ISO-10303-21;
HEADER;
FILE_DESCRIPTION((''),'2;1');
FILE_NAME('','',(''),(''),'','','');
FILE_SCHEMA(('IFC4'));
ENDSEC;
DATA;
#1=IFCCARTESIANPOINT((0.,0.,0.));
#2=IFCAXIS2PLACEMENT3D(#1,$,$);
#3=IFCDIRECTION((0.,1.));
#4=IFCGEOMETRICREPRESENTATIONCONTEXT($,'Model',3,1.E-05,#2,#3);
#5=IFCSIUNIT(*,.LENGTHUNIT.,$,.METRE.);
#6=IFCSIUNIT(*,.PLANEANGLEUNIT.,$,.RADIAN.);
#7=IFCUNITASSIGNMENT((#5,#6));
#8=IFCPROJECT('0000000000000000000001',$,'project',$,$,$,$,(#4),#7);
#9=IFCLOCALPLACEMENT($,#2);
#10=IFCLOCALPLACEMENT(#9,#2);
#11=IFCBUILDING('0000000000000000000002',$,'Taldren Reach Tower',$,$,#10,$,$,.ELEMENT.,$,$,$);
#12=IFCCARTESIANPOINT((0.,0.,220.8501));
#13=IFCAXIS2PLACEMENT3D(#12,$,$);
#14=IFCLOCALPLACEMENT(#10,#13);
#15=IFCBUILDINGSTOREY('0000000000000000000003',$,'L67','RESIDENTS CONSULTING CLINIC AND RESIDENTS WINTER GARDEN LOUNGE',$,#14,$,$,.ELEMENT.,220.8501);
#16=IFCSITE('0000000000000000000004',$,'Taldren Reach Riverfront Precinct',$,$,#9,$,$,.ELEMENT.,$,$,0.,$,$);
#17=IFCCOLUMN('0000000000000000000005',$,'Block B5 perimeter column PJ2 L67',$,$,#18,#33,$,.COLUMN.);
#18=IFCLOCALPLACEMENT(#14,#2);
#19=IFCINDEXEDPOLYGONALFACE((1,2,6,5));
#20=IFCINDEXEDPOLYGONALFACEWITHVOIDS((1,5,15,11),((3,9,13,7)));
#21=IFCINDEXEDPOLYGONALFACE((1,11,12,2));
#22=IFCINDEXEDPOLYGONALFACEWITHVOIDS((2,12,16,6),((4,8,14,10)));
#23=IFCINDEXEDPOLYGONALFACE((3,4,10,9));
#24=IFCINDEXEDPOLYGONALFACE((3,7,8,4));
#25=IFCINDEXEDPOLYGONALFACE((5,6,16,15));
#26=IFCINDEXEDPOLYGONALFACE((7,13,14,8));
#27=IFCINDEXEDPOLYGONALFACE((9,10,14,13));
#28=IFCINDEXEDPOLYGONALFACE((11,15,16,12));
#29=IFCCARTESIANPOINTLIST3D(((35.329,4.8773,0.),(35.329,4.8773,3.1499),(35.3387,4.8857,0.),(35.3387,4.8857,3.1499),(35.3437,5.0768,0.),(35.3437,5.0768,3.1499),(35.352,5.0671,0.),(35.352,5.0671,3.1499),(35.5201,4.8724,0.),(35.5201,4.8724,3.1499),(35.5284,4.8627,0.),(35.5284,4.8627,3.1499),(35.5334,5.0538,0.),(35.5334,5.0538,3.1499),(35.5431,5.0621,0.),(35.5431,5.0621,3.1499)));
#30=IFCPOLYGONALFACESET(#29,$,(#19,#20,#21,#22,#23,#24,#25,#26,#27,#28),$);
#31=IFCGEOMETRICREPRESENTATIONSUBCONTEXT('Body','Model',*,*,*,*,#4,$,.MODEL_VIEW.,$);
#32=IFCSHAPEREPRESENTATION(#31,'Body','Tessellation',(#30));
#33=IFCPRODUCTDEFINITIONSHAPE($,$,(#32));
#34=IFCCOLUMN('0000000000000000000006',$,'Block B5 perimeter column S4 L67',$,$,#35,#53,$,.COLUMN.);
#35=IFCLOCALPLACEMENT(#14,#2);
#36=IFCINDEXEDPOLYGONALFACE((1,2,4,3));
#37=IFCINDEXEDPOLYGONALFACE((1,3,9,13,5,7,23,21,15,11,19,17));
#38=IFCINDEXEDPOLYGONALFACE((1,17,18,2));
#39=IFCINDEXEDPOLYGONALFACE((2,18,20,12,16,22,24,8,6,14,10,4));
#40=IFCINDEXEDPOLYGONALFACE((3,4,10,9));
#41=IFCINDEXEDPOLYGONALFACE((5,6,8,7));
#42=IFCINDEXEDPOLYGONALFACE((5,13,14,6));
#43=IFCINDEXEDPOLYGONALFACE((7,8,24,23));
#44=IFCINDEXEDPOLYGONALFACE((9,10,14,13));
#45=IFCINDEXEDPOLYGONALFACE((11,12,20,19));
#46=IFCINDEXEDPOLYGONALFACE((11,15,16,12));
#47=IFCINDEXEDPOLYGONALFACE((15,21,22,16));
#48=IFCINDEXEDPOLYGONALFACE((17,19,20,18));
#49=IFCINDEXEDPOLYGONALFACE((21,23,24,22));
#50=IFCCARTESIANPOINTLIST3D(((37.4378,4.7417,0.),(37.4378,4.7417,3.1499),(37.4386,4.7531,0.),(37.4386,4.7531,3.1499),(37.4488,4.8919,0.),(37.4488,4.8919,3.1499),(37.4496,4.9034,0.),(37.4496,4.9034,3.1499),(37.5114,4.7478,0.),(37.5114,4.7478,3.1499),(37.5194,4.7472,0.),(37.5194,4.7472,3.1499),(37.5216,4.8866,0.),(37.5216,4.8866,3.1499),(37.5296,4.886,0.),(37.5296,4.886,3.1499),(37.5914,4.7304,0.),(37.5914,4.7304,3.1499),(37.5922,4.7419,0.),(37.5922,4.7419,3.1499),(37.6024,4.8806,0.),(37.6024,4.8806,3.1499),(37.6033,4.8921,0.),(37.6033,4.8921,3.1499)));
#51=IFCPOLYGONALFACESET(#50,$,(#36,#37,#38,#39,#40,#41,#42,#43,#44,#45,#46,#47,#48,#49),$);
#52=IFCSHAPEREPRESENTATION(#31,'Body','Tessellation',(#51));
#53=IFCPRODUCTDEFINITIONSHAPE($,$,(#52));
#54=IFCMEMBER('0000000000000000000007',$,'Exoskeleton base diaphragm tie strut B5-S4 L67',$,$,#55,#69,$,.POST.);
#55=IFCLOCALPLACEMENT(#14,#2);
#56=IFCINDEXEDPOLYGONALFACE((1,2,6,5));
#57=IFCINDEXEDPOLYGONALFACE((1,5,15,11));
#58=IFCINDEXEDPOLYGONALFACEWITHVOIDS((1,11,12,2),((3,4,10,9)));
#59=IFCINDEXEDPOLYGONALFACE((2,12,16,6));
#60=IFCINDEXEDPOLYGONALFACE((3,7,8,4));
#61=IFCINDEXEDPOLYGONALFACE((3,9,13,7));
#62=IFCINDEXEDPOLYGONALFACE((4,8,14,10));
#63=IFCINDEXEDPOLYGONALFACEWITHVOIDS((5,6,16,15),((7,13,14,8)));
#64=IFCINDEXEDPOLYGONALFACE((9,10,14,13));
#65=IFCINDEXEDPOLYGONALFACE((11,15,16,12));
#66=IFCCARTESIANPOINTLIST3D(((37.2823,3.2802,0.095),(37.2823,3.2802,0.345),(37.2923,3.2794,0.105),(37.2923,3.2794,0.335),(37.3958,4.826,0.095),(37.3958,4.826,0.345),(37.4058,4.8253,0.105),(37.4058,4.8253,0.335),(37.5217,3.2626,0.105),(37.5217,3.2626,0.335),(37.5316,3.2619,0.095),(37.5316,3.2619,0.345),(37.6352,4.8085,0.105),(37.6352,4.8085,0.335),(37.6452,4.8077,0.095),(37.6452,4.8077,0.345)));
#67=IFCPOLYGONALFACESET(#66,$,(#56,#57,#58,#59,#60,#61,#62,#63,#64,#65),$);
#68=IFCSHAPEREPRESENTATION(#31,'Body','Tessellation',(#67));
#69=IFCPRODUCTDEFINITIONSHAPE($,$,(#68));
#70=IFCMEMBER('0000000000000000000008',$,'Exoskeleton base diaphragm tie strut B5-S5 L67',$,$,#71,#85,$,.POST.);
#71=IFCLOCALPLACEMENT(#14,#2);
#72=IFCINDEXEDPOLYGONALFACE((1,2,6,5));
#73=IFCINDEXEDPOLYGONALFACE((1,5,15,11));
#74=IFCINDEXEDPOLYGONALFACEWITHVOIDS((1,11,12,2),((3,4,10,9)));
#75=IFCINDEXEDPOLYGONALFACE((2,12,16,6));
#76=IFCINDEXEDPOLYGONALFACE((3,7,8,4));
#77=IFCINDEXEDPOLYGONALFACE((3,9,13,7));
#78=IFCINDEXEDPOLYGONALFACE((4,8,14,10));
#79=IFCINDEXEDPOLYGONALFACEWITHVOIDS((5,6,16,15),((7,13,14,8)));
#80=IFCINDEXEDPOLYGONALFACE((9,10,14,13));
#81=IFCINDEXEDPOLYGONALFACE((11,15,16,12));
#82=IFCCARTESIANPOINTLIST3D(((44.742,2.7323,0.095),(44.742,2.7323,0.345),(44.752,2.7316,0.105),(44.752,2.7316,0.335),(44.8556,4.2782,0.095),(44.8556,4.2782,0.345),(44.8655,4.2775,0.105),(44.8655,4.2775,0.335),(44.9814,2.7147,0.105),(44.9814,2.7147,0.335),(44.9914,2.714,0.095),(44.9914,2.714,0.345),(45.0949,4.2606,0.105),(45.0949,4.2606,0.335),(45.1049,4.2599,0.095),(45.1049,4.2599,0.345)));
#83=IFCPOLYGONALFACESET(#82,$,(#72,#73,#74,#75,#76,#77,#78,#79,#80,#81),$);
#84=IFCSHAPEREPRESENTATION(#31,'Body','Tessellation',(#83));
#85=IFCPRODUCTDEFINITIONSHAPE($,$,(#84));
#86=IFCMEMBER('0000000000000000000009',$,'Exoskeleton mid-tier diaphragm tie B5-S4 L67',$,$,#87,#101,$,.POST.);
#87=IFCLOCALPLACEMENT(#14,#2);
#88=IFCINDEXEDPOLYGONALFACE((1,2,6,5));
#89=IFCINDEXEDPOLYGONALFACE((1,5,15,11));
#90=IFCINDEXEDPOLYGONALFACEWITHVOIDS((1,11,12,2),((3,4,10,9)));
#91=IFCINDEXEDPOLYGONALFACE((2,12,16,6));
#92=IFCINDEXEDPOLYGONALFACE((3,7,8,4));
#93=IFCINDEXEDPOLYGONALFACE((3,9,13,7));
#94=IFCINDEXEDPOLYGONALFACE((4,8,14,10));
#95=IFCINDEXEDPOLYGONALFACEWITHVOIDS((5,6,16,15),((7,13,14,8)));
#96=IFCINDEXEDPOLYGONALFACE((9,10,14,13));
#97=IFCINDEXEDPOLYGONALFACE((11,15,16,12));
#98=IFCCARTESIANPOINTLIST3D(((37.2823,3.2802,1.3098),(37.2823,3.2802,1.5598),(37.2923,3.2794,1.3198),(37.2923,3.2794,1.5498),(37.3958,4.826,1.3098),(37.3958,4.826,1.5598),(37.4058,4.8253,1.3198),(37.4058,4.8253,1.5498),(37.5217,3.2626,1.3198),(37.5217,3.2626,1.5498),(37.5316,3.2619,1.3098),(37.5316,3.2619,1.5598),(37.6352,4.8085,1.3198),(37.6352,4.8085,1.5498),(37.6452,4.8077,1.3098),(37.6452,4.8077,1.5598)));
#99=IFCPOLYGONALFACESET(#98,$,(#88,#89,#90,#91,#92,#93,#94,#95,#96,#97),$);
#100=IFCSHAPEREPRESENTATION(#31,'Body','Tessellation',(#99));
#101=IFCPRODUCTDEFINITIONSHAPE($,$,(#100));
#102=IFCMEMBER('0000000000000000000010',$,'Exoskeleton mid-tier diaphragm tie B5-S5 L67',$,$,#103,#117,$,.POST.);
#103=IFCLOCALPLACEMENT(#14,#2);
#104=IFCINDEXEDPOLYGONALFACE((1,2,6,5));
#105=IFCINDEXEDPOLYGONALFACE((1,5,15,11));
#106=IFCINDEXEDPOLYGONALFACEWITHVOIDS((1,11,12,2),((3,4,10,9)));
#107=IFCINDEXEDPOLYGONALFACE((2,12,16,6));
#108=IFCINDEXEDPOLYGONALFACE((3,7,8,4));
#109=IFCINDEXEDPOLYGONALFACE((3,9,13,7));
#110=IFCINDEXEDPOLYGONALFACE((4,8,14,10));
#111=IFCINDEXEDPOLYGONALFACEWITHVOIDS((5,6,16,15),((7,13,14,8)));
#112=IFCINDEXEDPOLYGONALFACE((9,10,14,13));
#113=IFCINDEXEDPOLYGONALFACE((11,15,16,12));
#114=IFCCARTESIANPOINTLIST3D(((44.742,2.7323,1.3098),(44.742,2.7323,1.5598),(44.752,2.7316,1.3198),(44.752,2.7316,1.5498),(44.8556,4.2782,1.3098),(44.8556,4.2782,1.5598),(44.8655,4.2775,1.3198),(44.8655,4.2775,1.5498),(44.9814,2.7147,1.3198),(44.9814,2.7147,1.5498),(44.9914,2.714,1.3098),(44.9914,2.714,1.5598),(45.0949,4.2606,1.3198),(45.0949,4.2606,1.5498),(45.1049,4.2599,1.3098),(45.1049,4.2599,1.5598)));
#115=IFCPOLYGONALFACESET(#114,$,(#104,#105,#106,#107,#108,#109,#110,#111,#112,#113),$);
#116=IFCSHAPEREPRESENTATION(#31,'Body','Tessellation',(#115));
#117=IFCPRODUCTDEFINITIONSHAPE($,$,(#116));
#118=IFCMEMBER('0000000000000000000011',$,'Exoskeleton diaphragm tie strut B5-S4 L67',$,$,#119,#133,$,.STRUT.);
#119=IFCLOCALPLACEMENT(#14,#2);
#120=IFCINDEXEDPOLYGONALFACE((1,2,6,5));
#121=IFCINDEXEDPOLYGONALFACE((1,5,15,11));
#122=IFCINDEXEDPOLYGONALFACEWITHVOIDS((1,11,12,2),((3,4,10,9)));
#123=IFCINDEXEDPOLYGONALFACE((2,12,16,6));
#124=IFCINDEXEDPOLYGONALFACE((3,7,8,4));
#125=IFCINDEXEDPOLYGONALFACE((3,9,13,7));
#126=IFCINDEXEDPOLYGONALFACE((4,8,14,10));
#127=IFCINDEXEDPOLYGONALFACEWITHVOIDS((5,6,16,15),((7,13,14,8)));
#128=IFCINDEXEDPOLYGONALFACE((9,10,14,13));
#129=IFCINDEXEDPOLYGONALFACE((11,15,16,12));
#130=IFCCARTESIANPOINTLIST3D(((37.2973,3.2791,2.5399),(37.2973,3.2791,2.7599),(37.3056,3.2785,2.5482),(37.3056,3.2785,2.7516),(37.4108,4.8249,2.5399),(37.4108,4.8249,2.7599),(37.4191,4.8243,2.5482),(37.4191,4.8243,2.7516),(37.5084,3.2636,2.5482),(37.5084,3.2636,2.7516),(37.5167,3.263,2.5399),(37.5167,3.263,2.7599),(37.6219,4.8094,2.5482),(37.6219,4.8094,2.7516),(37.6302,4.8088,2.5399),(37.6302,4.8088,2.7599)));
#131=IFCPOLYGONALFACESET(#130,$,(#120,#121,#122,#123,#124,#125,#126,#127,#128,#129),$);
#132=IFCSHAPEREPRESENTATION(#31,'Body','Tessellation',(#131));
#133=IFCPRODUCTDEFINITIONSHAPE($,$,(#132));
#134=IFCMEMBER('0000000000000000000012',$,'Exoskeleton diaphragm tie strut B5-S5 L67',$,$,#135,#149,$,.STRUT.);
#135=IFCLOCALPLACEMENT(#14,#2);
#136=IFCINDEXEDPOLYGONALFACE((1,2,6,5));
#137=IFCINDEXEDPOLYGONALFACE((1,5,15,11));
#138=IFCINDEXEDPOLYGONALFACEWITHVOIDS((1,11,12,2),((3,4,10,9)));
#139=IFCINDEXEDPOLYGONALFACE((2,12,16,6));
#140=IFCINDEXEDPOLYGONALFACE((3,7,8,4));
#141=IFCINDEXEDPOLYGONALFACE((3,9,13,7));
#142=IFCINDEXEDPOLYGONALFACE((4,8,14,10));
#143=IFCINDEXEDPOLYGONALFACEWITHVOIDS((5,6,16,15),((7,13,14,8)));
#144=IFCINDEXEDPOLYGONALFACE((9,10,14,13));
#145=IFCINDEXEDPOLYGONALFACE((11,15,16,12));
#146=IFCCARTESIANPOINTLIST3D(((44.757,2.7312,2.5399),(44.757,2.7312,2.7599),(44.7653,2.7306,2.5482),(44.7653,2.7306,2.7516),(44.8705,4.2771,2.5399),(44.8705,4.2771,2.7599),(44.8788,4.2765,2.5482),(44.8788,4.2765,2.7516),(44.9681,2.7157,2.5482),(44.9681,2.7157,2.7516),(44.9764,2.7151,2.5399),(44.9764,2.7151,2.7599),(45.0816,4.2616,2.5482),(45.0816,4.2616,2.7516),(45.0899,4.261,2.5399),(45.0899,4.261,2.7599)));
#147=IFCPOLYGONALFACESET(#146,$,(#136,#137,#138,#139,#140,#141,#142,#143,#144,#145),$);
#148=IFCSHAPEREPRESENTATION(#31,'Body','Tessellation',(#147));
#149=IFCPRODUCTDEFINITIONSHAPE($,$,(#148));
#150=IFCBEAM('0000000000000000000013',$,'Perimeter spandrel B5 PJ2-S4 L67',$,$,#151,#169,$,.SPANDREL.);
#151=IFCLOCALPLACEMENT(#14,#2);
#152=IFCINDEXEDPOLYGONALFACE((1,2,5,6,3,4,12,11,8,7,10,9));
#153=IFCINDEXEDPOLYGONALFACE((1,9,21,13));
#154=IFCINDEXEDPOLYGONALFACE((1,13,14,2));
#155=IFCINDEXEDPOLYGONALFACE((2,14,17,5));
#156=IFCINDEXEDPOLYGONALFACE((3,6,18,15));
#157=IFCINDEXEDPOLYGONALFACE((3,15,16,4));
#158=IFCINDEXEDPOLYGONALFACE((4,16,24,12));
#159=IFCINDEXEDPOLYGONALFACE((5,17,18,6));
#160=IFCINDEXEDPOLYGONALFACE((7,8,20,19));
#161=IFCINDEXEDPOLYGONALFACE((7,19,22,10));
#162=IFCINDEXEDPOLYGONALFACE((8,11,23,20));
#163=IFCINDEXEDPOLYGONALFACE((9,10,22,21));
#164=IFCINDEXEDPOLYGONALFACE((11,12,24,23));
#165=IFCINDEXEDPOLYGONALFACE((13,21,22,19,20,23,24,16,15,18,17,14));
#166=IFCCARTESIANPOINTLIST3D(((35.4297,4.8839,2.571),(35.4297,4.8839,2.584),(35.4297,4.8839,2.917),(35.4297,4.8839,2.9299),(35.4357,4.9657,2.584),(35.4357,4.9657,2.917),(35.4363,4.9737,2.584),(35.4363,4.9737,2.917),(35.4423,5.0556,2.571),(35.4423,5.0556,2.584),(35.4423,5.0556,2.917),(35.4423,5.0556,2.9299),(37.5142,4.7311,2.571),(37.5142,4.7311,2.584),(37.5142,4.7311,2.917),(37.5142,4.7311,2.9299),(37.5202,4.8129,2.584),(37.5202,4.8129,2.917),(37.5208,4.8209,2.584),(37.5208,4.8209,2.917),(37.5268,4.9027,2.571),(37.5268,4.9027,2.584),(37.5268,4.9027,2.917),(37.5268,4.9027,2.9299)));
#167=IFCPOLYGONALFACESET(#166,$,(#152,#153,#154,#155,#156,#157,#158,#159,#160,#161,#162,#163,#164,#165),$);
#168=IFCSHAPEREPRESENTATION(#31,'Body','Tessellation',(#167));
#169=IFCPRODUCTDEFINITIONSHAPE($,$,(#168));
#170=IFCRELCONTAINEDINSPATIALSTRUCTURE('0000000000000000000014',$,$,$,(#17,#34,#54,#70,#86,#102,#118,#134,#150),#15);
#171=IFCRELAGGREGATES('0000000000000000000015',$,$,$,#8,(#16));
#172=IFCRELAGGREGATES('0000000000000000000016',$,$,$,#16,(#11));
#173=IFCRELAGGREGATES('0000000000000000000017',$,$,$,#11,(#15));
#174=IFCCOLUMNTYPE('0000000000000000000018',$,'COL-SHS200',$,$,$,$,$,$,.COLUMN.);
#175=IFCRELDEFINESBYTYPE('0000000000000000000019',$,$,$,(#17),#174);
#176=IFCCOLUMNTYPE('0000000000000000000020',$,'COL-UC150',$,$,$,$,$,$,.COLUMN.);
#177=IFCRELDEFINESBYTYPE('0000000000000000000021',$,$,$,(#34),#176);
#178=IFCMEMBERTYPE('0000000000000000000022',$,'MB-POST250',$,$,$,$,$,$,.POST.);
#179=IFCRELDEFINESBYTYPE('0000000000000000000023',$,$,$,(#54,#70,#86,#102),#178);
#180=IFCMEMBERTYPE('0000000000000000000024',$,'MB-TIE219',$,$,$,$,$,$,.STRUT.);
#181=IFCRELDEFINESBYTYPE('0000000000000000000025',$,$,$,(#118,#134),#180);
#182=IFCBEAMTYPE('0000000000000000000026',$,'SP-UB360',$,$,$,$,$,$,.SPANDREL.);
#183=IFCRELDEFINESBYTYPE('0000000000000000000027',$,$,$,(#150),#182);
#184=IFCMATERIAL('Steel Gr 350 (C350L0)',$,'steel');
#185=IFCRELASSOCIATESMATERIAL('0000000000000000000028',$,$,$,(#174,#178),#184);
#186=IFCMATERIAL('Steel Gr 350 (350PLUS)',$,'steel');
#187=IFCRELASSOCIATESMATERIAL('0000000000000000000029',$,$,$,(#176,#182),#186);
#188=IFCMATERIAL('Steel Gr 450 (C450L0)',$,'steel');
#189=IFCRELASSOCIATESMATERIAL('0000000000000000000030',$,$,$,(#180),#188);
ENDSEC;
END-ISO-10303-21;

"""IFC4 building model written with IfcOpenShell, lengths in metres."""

from ifc_helpers import new_model, si_unit, direction, frame, origin, origin_2d, place, context, subcontext, project, spatial, hollow_rectangle, i_section, extrude, source, transform, mapped, material, material_profile, profile_set, type_object, element, save


model = new_model("IFC4")

# Units and contexts
model_context = context("Model", 3, precision=1e-05, world=origin(), true_north=direction((0.0, 1.0)))
body_context = subcontext(model_context, "Body", "Model", "MODEL_VIEW")
ifc_project = project(units=[si_unit("LENGTHUNIT", "METRE"), si_unit("PLANEANGLEUNIT", "RADIAN")], contexts=[model_context])

# Site, building, storey
site_placement = place(None, origin())
site = spatial("IfcSite", under=ifc_project, at=site_placement, Name="Taldren Reach Riverfront Precinct", CompositionType="ELEMENT", RefElevation=0.0)
building_placement = place(site_placement, origin())
building = spatial("IfcBuilding", under=site, at=building_placement, Name="Taldren Reach Tower", CompositionType="ELEMENT")
storey_placement = place(building_placement, frame((0.0, 0.0, 220.8501)))
storey = spatial("IfcBuildingStorey", under=building, at=storey_placement, Name="L67", Description="RESIDENTS CONSULTING CLINIC AND RESIDENTS WINTER GARDEN LOUNGE", CompositionType="ELEMENT", Elevation=220.8501)

# Columns
ifc_material_1 = material(Name="Steel Gr 350 (C350L0)", Category="steel")
ifc_material_profile_1 = material_profile(ifc_material_1, hollow_rectangle(XDim=0.2, YDim=0.2, WallThickness=0.009, at=origin_2d()), Name="200x200x9.0SHS")
ifc_profile_set_1 = profile_set([ifc_material_profile_1], Name="Steel Gr 350 (C350L0)")
column_type_1 = type_object("IfcColumnType", Name="COL-SHS200", PredefinedType="COLUMN", material=ifc_profile_set_1)
shared_shape_1 = source(origin(), body_context, "Body", "SweptSolid", [
    extrude(hollow_rectangle(XDim=0.2, YDim=0.2, WallThickness=0.009, at=origin_2d()), origin(), (0.0, 0.0, 1.0), 3.1499),
])
column_1_placement = place(storey_placement, frame((35.436, 4.9697, 0.0), z_axis=(0.0, 0.0, 1.0), x_axis=(0.997314, -0.073238, 0.0)))
element("IfcColumn", 1, at=column_1_placement, inside=storey, type_object=column_type_1, Name="Block B5 perimeter column PJ2 L67", PredefinedType="COLUMN", context=body_context, shape_type="MappedRepresentation", body=[
    mapped(shared_shape_1, transform((0.0, 0.0, 0.0), scale=1.0)),
])
ifc_material_2 = material(Name="Steel Gr 350 (350PLUS)", Category="steel")
ifc_material_profile_2 = material_profile(ifc_material_2, i_section(OverallWidth=0.1541, OverallDepth=0.1621, WebThickness=0.0081, FlangeThickness=0.0115, at=origin_2d()), Name="150UC37.2")
ifc_profile_set_2 = profile_set([ifc_material_profile_2], Name="Steel Gr 350 (350PLUS)")
column_type_2 = type_object("IfcColumnType", Name="COL-UC150", PredefinedType="COLUMN", material=ifc_profile_set_2)
shared_shape_2 = source(origin(), body_context, "Body", "SweptSolid", [
    extrude(i_section(OverallWidth=0.1541, OverallDepth=0.1621, WebThickness=0.0081, FlangeThickness=0.0115, at=origin_2d()), origin(), (0.0, 0.0, 1.0), 3.1499),
])
column_2_placement = place(storey_placement, frame((37.5205, 4.8169, 0.0), z_axis=(0.0, 0.0, 1.0), x_axis=(0.997314, -0.073238, 0.0)))
element("IfcColumn", 2, at=column_2_placement, inside=storey, type_object=column_type_2, Name="Block B5 perimeter column S4 L67", PredefinedType="COLUMN", context=body_context, shape_type="MappedRepresentation", body=[
    mapped(shared_shape_2, transform((0.0, 0.0, 0.0), scale=1.0)),
])

# Members
ifc_material_profile_3 = material_profile(ifc_material_1, hollow_rectangle(XDim=0.25, YDim=0.25, WallThickness=0.01, at=origin_2d()), Name="250x250x10.0SHS")
ifc_profile_set_3 = profile_set([ifc_material_profile_3], Name="Steel Gr 350 (C350L0)")
member_type_1 = type_object("IfcMemberType", Name="MB-POST250", PredefinedType="POST", material=ifc_profile_set_3)
shared_shape_3 = source(origin(), body_context, "Body", "SweptSolid", [
    extrude(hollow_rectangle(XDim=0.25, YDim=0.25, WallThickness=0.01, at=origin_2d()), origin(), (0.0, 0.0, 1.0), 1.55),
])
for number, where, z_axis, x_axis, name in (
    (3, (37.5205, 4.8169, 0.22), (-0.073239, -0.997314, 0.0), (0.997314, -0.073239, 0.0), "Exoskeleton base diaphragm tie strut B5-S4 L67"),
    (4, (44.9802, 4.269, 0.22), (-0.073239, -0.997314, 0.0), (0.997314, -0.073239, 0.0), "Exoskeleton base diaphragm tie strut B5-S5 L67"),
    (5, (37.5205, 4.8169, 1.4348), (-0.073239, -0.997314, 0.0), (0.997314, -0.073239, 0.0), "Exoskeleton mid-tier diaphragm tie B5-S4 L67"),
    (6, (44.9802, 4.269, 1.4348), (-0.073239, -0.997314, 0.0), (0.997314, -0.073239, 0.0), "Exoskeleton mid-tier diaphragm tie B5-S5 L67"),
):
    element("IfcMember", number, at=place(storey_placement, frame(where, z_axis=z_axis, x_axis=x_axis)), inside=storey, type_object=member_type_1, Name=name, PredefinedType="POST", context=body_context, shape_type="MappedRepresentation", body=[
        mapped(shared_shape_3, transform((0.0, 0.0, 0.0), scale=1.0)),
    ])
ifc_material_3 = material(Name="Steel Gr 450 (C450L0)", Category="steel")
ifc_material_profile_4 = material_profile(ifc_material_3, hollow_rectangle(XDim=0.22, YDim=0.22, WallThickness=0.0083, at=origin_2d()), Name="220x220x8.2SHS")
ifc_profile_set_4 = profile_set([ifc_material_profile_4], Name="Steel Gr 450 (C450L0)")
member_type_2 = type_object("IfcMemberType", Name="MB-TIE219", PredefinedType="STRUT", material=ifc_profile_set_4)
shared_shape_4 = source(origin(), body_context, "Body", "SweptSolid", [
    extrude(hollow_rectangle(XDim=0.22, YDim=0.22, WallThickness=0.0083, at=origin_2d()), origin(), (0.0, 0.0, 1.0), 1.55),
])
for number, where, z_axis, x_axis, name in (
    (7, (37.5205, 4.8169, 2.6499), (-0.073239, -0.997314, 0.0), (0.997314, -0.073239, 0.0), "Exoskeleton diaphragm tie strut B5-S4 L67"),
    (8, (44.9802, 4.269, 2.6499), (-0.073239, -0.997314, 0.0), (0.997314, -0.073239, 0.0), "Exoskeleton diaphragm tie strut B5-S5 L67"),
):
    element("IfcMember", number, at=place(storey_placement, frame(where, z_axis=z_axis, x_axis=x_axis)), inside=storey, type_object=member_type_2, Name=name, PredefinedType="STRUT", context=body_context, shape_type="MappedRepresentation", body=[
        mapped(shared_shape_4, transform((0.0, 0.0, 0.0), scale=1.0)),
    ])

# Beam
ifc_material_profile_5 = material_profile(ifc_material_2, i_section(OverallWidth=0.1721, OverallDepth=0.3589, WebThickness=0.0081, FlangeThickness=0.0129, at=origin_2d()), Name="360UB56.7")
ifc_profile_set_5 = profile_set([ifc_material_profile_5], Name="Steel Gr 350 (350PLUS)")
beam_type = type_object("IfcBeamType", Name="SP-UB360", PredefinedType="SPANDREL", material=ifc_profile_set_5)
shared_shape_5 = source(origin(), body_context, "Body", "SweptSolid", [
    extrude(i_section(OverallWidth=0.1721, OverallDepth=0.3589, WebThickness=0.0081, FlangeThickness=0.0129, at=origin_2d()), origin(), (0.0, 0.0, 1.0), 2.0901),
])
beam_1_placement = place(storey_placement, frame((35.436, 4.9697, 2.7505), z_axis=(0.997323, -0.073123, 0.0), x_axis=(0.073123, 0.997323, 0.0)))
element("IfcBeam", 9, at=beam_1_placement, inside=storey, type_object=beam_type, Name="Perimeter spandrel B5 PJ2-S4 L67", PredefinedType="SPANDREL", context=body_context, shape_type="MappedRepresentation", body=[
    mapped(shared_shape_5, transform((0.0, 0.0, 0.0), scale=1.0)),
])

save(model, "model.ifc")
